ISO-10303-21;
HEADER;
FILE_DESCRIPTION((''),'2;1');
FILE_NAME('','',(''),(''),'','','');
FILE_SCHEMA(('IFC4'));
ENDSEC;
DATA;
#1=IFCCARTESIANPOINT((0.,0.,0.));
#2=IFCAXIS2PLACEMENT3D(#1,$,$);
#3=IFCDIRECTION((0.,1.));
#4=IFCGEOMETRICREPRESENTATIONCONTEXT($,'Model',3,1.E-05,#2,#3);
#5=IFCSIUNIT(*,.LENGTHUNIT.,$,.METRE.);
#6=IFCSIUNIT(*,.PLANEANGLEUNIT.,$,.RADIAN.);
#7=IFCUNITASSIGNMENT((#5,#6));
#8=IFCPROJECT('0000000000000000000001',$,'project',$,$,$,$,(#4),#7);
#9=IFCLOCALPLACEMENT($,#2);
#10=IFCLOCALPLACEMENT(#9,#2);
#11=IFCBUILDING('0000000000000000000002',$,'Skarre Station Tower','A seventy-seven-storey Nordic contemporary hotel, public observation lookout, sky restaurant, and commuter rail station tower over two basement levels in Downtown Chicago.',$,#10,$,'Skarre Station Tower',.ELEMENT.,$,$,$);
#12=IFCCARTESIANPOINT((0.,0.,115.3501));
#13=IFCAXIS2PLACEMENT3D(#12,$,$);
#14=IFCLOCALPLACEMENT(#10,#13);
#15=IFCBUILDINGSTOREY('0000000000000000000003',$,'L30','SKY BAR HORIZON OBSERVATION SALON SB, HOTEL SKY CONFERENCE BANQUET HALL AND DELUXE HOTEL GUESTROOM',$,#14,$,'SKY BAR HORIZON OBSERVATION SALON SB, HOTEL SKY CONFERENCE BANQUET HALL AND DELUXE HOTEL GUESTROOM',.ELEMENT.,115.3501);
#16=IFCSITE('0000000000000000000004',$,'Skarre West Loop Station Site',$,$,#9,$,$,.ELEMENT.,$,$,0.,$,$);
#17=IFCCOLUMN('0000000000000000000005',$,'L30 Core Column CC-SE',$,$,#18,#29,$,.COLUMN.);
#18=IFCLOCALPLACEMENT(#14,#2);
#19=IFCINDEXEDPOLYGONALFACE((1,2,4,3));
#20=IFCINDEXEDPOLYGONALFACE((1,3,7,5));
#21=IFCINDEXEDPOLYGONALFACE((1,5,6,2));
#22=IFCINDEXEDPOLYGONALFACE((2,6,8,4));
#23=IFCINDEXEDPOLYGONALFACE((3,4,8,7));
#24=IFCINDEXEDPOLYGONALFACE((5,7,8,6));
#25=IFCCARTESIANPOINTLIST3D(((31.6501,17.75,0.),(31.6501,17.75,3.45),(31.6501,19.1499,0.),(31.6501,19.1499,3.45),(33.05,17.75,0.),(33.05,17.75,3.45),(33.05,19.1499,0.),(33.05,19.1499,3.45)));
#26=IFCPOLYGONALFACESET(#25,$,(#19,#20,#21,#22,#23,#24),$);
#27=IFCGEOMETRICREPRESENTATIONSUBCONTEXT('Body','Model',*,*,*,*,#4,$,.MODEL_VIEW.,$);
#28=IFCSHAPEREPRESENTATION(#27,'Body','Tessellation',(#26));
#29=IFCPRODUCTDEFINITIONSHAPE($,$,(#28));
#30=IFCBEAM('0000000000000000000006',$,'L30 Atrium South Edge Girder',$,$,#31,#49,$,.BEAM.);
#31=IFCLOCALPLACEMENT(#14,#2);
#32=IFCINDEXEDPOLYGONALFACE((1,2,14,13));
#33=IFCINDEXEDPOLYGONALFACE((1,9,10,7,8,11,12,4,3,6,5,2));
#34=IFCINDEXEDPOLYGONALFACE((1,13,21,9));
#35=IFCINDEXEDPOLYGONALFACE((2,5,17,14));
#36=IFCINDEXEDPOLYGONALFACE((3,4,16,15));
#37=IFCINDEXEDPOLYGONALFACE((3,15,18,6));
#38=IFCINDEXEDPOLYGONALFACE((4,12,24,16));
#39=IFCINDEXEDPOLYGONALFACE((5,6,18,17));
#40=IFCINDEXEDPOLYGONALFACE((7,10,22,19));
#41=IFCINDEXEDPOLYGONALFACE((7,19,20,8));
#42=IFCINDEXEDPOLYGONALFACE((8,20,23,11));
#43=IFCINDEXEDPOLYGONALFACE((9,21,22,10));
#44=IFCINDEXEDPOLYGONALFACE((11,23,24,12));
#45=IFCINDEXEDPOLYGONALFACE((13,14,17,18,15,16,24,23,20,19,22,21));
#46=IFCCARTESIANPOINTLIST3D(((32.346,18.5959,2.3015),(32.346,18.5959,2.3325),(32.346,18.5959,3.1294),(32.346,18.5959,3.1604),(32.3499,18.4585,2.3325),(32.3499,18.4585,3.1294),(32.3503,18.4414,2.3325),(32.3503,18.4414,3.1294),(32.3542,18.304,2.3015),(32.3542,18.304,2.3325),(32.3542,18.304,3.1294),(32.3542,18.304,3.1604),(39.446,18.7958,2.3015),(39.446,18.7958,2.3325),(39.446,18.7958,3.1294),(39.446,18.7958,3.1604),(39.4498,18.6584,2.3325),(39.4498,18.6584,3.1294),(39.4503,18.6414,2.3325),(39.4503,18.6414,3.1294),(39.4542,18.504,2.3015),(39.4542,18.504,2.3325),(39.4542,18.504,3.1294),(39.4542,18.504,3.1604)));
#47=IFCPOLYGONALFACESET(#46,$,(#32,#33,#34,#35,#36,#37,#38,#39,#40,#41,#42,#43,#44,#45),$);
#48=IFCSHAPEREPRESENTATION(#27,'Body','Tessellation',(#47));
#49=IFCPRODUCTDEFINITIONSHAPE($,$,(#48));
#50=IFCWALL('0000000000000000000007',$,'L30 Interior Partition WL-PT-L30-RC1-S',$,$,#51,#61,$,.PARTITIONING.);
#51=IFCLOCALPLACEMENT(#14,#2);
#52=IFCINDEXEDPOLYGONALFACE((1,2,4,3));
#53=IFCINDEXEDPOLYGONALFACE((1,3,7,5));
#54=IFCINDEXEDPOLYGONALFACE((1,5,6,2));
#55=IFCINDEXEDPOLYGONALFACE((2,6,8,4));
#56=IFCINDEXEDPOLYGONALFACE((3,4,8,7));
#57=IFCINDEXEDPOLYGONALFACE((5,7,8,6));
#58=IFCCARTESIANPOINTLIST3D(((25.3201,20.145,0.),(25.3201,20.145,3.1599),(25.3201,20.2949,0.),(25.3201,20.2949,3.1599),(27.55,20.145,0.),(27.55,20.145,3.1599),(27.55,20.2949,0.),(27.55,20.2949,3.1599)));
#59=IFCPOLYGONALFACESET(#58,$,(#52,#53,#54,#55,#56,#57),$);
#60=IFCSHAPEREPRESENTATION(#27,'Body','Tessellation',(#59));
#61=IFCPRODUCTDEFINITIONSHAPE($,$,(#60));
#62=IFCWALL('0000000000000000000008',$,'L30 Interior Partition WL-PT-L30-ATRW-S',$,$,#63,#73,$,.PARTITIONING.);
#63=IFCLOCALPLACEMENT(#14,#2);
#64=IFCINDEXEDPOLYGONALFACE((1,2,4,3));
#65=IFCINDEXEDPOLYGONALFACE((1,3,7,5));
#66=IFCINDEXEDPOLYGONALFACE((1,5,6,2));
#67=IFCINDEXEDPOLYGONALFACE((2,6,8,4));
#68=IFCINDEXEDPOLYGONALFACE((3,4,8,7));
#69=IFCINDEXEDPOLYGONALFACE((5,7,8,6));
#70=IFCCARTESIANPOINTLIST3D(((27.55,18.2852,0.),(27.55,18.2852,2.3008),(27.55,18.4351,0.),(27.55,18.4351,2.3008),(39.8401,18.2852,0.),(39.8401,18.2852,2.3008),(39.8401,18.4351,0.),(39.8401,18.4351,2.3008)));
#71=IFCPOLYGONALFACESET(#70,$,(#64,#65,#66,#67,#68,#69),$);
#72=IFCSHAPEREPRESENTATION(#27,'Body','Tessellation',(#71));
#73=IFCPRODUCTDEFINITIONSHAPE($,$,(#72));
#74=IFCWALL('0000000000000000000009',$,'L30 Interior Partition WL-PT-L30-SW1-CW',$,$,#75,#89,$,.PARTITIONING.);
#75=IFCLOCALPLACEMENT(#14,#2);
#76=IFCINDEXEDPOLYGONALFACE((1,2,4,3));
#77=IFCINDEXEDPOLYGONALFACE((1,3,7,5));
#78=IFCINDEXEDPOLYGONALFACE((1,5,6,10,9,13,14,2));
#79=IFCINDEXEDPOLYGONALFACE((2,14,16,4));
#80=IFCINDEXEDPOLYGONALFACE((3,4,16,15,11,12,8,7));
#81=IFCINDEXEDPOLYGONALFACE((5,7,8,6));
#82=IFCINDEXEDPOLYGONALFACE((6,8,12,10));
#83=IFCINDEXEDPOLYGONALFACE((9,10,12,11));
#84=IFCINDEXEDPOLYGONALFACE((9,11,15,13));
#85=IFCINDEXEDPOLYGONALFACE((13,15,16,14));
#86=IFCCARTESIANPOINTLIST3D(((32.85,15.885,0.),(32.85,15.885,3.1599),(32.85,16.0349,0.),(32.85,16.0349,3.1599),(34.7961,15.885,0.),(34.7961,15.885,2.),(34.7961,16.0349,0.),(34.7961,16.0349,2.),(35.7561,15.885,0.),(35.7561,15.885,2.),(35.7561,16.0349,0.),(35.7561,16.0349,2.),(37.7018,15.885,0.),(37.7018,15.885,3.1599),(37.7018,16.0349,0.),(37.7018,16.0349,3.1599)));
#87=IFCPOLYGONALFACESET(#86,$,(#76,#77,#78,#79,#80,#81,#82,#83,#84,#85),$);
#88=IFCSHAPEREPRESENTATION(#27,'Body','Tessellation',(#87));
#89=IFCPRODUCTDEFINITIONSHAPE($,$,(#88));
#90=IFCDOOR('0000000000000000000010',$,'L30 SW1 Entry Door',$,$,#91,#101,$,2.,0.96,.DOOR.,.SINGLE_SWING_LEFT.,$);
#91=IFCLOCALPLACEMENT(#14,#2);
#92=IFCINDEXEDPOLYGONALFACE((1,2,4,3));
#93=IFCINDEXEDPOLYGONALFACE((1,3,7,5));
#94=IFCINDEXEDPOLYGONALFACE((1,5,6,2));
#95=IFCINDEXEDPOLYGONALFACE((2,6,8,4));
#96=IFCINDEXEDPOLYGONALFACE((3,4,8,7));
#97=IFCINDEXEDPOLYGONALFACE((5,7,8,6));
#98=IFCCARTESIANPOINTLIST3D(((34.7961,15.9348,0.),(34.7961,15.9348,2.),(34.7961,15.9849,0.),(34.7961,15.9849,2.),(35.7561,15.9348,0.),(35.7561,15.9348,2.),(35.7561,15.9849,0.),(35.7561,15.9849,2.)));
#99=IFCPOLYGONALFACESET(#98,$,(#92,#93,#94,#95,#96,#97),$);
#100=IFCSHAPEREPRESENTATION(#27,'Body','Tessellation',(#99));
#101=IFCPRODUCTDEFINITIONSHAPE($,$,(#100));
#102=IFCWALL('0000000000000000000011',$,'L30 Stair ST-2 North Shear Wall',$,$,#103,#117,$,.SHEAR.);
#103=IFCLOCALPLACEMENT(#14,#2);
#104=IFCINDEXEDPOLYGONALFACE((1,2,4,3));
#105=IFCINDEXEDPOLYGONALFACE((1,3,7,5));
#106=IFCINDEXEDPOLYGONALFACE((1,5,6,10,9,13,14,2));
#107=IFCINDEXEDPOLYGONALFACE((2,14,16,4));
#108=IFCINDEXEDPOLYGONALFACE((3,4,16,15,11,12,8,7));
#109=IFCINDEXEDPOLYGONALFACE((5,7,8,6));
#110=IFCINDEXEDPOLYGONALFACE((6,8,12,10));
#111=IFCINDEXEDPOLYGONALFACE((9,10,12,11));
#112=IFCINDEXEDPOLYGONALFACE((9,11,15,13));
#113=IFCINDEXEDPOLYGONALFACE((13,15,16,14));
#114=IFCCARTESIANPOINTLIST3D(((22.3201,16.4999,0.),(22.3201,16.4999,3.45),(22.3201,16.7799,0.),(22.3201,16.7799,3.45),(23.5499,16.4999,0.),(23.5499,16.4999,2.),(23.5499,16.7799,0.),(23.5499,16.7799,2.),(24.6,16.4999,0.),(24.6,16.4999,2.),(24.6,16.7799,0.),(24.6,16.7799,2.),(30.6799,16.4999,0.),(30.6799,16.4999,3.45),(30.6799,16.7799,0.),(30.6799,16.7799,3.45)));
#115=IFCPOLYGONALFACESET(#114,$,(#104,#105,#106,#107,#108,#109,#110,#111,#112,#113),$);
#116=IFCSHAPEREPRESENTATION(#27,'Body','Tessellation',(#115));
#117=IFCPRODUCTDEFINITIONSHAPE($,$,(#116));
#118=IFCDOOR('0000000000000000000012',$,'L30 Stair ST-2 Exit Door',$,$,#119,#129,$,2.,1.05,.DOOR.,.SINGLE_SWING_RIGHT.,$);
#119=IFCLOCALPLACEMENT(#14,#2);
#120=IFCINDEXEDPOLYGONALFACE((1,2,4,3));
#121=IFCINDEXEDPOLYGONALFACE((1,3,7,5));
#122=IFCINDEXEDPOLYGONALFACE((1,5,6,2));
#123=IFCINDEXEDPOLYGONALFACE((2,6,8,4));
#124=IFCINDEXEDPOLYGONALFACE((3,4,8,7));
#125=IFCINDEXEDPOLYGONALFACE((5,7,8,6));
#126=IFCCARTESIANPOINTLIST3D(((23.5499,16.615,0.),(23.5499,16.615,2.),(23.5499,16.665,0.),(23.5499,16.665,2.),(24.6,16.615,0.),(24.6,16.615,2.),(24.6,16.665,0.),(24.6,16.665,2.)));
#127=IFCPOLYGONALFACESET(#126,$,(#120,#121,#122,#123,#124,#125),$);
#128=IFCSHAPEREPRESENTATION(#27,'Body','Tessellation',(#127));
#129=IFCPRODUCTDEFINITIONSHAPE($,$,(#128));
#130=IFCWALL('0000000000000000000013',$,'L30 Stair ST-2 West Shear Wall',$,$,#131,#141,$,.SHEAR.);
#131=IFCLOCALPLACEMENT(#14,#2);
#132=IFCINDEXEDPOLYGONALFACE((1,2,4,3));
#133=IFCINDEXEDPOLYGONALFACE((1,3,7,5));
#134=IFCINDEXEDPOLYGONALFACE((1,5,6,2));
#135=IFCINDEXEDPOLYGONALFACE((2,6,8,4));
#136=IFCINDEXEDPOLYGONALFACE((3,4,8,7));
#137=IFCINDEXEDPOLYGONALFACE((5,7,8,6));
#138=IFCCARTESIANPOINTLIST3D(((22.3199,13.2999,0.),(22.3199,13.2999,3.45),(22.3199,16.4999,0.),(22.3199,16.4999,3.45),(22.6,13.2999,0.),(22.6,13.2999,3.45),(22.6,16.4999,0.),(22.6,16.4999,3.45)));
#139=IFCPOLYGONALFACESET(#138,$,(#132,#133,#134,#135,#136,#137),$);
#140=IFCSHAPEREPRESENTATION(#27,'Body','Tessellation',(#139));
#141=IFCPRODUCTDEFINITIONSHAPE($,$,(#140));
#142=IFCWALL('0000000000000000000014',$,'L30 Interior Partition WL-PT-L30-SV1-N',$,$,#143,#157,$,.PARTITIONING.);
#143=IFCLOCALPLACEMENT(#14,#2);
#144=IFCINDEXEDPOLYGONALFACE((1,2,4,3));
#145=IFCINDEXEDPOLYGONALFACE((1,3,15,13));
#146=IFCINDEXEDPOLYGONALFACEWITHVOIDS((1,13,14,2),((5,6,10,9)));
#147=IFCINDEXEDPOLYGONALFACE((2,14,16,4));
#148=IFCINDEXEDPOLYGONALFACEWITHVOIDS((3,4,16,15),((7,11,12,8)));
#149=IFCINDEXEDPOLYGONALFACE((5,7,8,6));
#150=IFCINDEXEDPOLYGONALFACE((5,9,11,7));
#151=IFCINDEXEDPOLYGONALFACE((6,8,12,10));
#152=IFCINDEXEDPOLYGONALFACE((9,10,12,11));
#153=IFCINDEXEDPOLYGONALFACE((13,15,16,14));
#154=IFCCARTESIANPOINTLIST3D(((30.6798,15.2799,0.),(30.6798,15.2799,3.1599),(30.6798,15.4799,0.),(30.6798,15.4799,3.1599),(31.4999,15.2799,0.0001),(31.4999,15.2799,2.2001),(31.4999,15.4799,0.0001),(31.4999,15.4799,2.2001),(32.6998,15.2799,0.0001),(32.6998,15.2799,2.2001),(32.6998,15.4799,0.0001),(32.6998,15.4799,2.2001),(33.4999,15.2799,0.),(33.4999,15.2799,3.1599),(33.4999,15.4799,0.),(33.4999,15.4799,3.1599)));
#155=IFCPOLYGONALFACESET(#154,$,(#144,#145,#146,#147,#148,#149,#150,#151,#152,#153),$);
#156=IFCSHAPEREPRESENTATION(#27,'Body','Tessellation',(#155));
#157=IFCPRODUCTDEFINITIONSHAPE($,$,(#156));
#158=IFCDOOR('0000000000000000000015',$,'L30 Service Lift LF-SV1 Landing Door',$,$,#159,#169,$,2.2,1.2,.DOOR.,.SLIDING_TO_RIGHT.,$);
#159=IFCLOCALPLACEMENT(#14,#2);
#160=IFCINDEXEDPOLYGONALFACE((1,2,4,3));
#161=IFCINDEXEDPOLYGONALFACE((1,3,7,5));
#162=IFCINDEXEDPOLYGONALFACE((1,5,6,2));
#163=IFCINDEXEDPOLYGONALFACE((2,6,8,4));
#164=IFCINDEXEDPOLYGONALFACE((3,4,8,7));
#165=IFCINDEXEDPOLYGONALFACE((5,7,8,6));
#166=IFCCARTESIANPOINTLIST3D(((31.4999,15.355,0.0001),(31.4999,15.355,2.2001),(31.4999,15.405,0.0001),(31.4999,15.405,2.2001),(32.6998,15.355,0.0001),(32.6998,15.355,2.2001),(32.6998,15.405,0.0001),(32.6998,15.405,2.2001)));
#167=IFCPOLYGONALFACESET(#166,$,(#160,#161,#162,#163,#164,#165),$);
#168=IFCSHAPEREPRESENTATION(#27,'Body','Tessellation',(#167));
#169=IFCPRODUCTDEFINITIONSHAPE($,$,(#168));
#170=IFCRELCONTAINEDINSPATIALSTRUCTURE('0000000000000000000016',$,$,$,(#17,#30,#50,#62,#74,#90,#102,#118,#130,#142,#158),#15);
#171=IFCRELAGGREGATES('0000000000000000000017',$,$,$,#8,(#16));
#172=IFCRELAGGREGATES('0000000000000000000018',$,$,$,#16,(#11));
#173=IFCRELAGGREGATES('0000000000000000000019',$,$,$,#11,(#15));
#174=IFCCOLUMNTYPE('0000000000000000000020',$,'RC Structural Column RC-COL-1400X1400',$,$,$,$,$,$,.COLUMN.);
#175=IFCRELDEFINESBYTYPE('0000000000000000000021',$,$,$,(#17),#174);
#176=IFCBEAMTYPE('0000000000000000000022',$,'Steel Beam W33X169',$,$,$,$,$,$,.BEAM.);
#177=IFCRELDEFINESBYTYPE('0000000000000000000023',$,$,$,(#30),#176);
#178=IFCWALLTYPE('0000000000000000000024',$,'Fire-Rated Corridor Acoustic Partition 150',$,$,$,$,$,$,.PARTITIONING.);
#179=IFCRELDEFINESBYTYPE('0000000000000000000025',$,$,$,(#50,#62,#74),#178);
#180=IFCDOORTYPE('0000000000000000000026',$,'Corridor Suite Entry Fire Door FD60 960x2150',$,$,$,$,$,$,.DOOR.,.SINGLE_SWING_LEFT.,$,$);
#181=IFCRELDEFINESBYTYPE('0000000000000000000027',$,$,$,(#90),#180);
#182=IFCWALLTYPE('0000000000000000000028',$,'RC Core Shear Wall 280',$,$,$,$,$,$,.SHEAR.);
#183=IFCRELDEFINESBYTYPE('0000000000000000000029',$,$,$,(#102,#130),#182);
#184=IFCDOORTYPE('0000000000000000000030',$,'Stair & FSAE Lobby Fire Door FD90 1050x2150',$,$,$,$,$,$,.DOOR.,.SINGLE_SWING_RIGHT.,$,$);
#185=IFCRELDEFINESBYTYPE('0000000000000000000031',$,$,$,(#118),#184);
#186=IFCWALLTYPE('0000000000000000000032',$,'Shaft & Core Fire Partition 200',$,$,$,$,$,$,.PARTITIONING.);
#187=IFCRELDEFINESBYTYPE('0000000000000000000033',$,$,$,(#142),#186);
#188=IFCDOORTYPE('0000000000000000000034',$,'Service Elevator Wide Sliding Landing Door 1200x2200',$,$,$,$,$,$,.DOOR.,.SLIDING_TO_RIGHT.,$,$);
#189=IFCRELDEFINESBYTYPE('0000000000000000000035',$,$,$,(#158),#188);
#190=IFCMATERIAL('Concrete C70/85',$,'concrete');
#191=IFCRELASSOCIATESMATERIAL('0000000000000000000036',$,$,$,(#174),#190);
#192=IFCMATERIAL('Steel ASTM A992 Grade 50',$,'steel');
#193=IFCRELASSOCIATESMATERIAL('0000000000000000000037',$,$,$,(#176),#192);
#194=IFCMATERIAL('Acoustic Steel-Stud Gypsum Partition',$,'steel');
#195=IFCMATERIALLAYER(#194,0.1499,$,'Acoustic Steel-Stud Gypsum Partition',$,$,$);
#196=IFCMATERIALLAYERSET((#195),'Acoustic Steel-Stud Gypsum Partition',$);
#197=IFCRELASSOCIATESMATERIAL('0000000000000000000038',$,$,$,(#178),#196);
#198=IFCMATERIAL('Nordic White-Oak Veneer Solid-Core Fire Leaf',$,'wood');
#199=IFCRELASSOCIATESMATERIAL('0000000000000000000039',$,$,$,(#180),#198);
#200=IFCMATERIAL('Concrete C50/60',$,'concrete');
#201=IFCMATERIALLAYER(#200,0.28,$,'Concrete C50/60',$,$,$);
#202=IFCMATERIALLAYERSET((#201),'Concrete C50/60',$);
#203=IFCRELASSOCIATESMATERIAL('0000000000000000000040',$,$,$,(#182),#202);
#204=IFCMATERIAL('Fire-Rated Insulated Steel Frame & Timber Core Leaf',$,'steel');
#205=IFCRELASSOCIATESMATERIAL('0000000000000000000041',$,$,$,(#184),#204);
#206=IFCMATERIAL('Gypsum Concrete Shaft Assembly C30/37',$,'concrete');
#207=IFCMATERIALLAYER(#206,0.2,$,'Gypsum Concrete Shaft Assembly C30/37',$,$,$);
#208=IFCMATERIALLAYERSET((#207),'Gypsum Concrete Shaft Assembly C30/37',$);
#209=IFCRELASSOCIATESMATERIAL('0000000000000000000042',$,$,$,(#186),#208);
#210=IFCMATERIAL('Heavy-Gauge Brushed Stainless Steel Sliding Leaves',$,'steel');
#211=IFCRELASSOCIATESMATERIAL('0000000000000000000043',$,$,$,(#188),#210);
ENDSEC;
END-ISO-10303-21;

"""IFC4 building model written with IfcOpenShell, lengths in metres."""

from ifc_helpers import new_model, si_unit, direction, frame, frame_2d, origin, origin_2d, place, context, subcontext, project, spatial, rectangle, i_section, extrude, material, layer, layer_set, material_profile, profile_set, type_object, element, fill, save


model = new_model("IFC4")

# Units and contexts
model_context = context("Model", 3, precision=1e-05, world=origin(), true_north=direction((0.0, 1.0)))
body_context = subcontext(model_context, "Body", "Model", "MODEL_VIEW")
ifc_project = project(units=[si_unit("LENGTHUNIT", "METRE"), si_unit("PLANEANGLEUNIT", "RADIAN")], contexts=[model_context])

# Site, building, storey
site_placement = place(None, origin())
site = spatial("IfcSite", under=ifc_project, at=site_placement, Name="Skarre West Loop Station Site", CompositionType="ELEMENT", RefElevation=0.0)
building_placement = place(site_placement, origin())
building = spatial("IfcBuilding", under=site, at=building_placement, Name="Skarre Station Tower", Description="A seventy-seven-storey Nordic contemporary hotel, public observation lookout, sky restaurant, and commuter rail station tower over two basement levels in Downtown Chicago.", LongName="Skarre Station Tower", CompositionType="ELEMENT")
storey_placement = place(building_placement, frame((0.0, 0.0, 115.3501)))
storey = spatial("IfcBuildingStorey", under=building, at=storey_placement, Name="L30", Description="SKY BAR HORIZON OBSERVATION SALON SB, HOTEL SKY CONFERENCE BANQUET HALL AND DELUXE HOTEL GUESTROOM", LongName="SKY BAR HORIZON OBSERVATION SALON SB, HOTEL SKY CONFERENCE BANQUET HALL AND DELUXE HOTEL GUESTROOM", CompositionType="ELEMENT", Elevation=115.3501)

# Column
ifc_material_1 = material(Name="Concrete C70/85", Category="concrete")
ifc_material_profile_1 = material_profile(ifc_material_1, rectangle(XDim=1.3999, YDim=1.3999, at=origin_2d()), Name="Concrete C70/85")
ifc_profile_set_1 = profile_set([ifc_material_profile_1], Name="Concrete C70/85")
column_type = type_object("IfcColumnType", Name="RC Structural Column RC-COL-1400X1400", PredefinedType="COLUMN", material=ifc_profile_set_1)
column_placement = place(storey_placement, frame((32.3501, 18.45, 0.0), z_axis=(0.0, 0.0, 1.0), x_axis=(1.0, 0.0, 0.0)))
element("IfcColumn", 1, at=column_placement, inside=storey, type_object=column_type, Name="L30 Core Column CC-SE", PredefinedType="COLUMN", context=body_context, shape_type="SweptSolid", body=[
    extrude(rectangle(XDim=1.3999, YDim=1.3999, at=origin_2d()), origin(), (0.0, 0.0, 1.0), 3.45),
])

# Beam
ifc_material_2 = material(Name="Steel ASTM A992 Grade 50", Category="steel")
ifc_material_profile_2 = material_profile(ifc_material_2, i_section(OverallWidth=0.292, OverallDepth=0.8589, WebThickness=0.0171, FlangeThickness=0.031, at=origin_2d()), Name="Steel ASTM A992 Grade 50")
ifc_profile_set_2 = profile_set([ifc_material_profile_2], Name="Steel ASTM A992 Grade 50")
beam_type = type_object("IfcBeamType", Name="Steel Beam W33X169", PredefinedType="BEAM", material=ifc_profile_set_2)
beam_placement = place(storey_placement, frame((32.3501, 18.45, 2.731), z_axis=(0.999604, 0.028152, 0.0), x_axis=(-0.028152, 0.999604, 0.0)))
element("IfcBeam", 2, at=beam_placement, inside=storey, type_object=beam_type, Name="L30 Atrium South Edge Girder", PredefinedType="BEAM", context=body_context, shape_type="SweptSolid", body=[
    extrude(i_section(OverallWidth=0.292, OverallDepth=0.8589, WebThickness=0.0171, FlangeThickness=0.031, at=origin_2d()), origin(), (0.0, 0.0, 1.0), 7.1028),
])

# Walls
ifc_material_3 = material(Name="Acoustic Steel-Stud Gypsum Partition", Category="steel")
ifc_layer_1 = layer(ifc_material_3, 0.1499, Name="Acoustic Steel-Stud Gypsum Partition")
ifc_layer_set_1 = layer_set([ifc_layer_1], Name="Acoustic Steel-Stud Gypsum Partition")
wall_type_1 = type_object("IfcWallType", Name="Fire-Rated Corridor Acoustic Partition 150", PredefinedType="PARTITIONING", material=ifc_layer_set_1)
wall_1_placement = place(storey_placement, frame((25.3201, 20.22, 0.0), z_axis=(0.0, 0.0, 1.0), x_axis=(1.0, 0.0, 0.0)))
element("IfcWall", 3, at=wall_1_placement, inside=storey, type_object=wall_type_1, Name="L30 Interior Partition WL-PT-L30-RC1-S", PredefinedType="PARTITIONING", context=body_context, shape_type="SweptSolid", body=[
    extrude(rectangle(XDim=2.23, YDim=0.1499, at=frame_2d((1.115, 0.0))), origin(), (0.0, 0.0, 1.0), 3.1599),
])
wall_2_placement = place(storey_placement, frame((27.55, 18.3601, 0.0), z_axis=(0.0, 0.0, 1.0), x_axis=(1.0, 0.0, 0.0)))
element("IfcWall", 4, at=wall_2_placement, inside=storey, type_object=wall_type_1, Name="L30 Interior Partition WL-PT-L30-ATRW-S", PredefinedType="PARTITIONING", context=body_context, shape_type="SweptSolid", body=[
    extrude(rectangle(XDim=12.29, YDim=0.1499, at=frame_2d((6.145, 0.0))), origin(), (0.0, 0.0, 1.0), 2.3008),
])

# Walls, openings, doors
wall_3_placement = place(storey_placement, frame((32.8501, 15.96, 0.0), z_axis=(0.0, 0.0, 1.0), x_axis=(1.0, 0.0, 0.0)))
wall_3 = element("IfcWall", 5, at=wall_3_placement, inside=storey, type_object=wall_type_1, Name="L30 Interior Partition WL-PT-L30-SW1-CW", PredefinedType="PARTITIONING", context=body_context, shape_type="SweptSolid", body=[
    extrude(rectangle(XDim=4.8518, YDim=0.1499, at=frame_2d((2.4258, 0.0))), origin(), (0.0, 0.0, 1.0), 3.1599),
])
opening_1_placement = place(wall_3_placement, frame((1.946, 0.0, 0.0)))
opening_1 = element("IfcOpeningElement", 6, at=opening_1_placement, cuts=wall_3, PredefinedType="OPENING", context=body_context, shape_type="SweptSolid", body=[
    extrude(rectangle(XDim=0.96, YDim=2.0, at=frame_2d((0.48, 1.0))), frame((0.0, 0.085, 0.0), z_axis=(0.0, -1.0, 0.0), x_axis=(1.0, 0.0, 0.0)), (0.0, 0.0, 1.0), 0.1699),
])
ifc_material_4 = material(Name="Nordic White-Oak Veneer Solid-Core Fire Leaf", Category="wood")
door_type_1 = type_object("IfcDoorType", Name="Corridor Suite Entry Fire Door FD60 960x2150", OperationType="SINGLE_SWING_LEFT", PredefinedType="DOOR", material=ifc_material_4)
door_1_placement = place(opening_1_placement, origin())
door_1 = element("IfcDoor", 7, at=door_1_placement, inside=storey, type_object=door_type_1, Name="L30 SW1 Entry Door", OperationType="SINGLE_SWING_LEFT", OverallHeight=2.0, OverallWidth=0.96, PredefinedType="DOOR", context=body_context, shape_type="SweptSolid", body=[
    extrude(rectangle(XDim=0.96, YDim=2.0, at=frame_2d((0.48, 1.0))), frame((0.0, 0.0249, 0.0), z_axis=(0.0, -1.0, 0.0), x_axis=(1.0, 0.0, 0.0)), (0.0, 0.0, 1.0), 0.05),
])
fill(opening_1, door_1)
ifc_material_5 = material(Name="Concrete C50/60", Category="concrete")
ifc_layer_2 = layer(ifc_material_5, 0.28, Name="Concrete C50/60")
ifc_layer_set_2 = layer_set([ifc_layer_2], Name="Concrete C50/60")
wall_type_2 = type_object("IfcWallType", Name="RC Core Shear Wall 280", PredefinedType="SHEAR", material=ifc_layer_set_2)
wall_4_placement = place(storey_placement, frame((30.6799, 16.6399, 0.0), z_axis=(0.0, 0.0, 1.0), x_axis=(-1.0, 0.0, 0.0)))
wall_4 = element("IfcWall", 8, at=wall_4_placement, inside=storey, type_object=wall_type_2, Name="L30 Stair ST-2 North Shear Wall", PredefinedType="SHEAR", context=body_context, shape_type="SweptSolid", body=[
    extrude(rectangle(XDim=8.3599, YDim=0.28, at=frame_2d((4.1799, 0.0))), origin(), (0.0, 0.0, 1.0), 3.45),
])
opening_2_placement = place(wall_4_placement, frame((6.0801, 0.0, 0.0)))
opening_2 = element("IfcOpeningElement", 9, at=opening_2_placement, cuts=wall_4, PredefinedType="OPENING", context=body_context, shape_type="SweptSolid", body=[
    extrude(rectangle(XDim=1.05, YDim=2.0, at=frame_2d((0.5249, 1.0))), frame((0.0, 0.1499, 0.0), z_axis=(0.0, -1.0, 0.0), x_axis=(1.0, 0.0, 0.0)), (0.0, 0.0, 1.0), 0.3),
])
ifc_material_6 = material(Name="Fire-Rated Insulated Steel Frame & Timber Core Leaf", Category="steel")
door_type_2 = type_object("IfcDoorType", Name="Stair & FSAE Lobby Fire Door FD90 1050x2150", OperationType="SINGLE_SWING_RIGHT", PredefinedType="DOOR", material=ifc_material_6)
door_2_placement = place(opening_2_placement, origin())
door_2 = element("IfcDoor", 10, at=door_2_placement, inside=storey, type_object=door_type_2, Name="L30 Stair ST-2 Exit Door", OperationType="SINGLE_SWING_RIGHT", OverallHeight=2.0, OverallWidth=1.05, PredefinedType="DOOR", context=body_context, shape_type="SweptSolid", body=[
    extrude(rectangle(XDim=1.05, YDim=2.0, at=frame_2d((0.5249, 1.0))), frame((0.0, 0.0249, 0.0), z_axis=(0.0, -1.0, 0.0), x_axis=(1.0, 0.0, 0.0)), (0.0, 0.0, 1.0), 0.05),
])
fill(opening_2, door_2)

# Wall
wall_5_placement = place(storey_placement, frame((22.46, 16.5, 0.0), z_axis=(0.0, 0.0, 1.0), x_axis=(0.0, -1.0, 0.0)))
element("IfcWall", 11, at=wall_5_placement, inside=storey, type_object=wall_type_2, Name="L30 Stair ST-2 West Shear Wall", PredefinedType="SHEAR", context=body_context, shape_type="SweptSolid", body=[
    extrude(rectangle(XDim=3.2, YDim=0.28, at=frame_2d((1.6001, 0.0))), origin(), (0.0, 0.0, 1.0), 3.45),
])

# Wall, opening, door
ifc_material_7 = material(Name="Gypsum Concrete Shaft Assembly C30/37", Category="concrete")
ifc_layer_3 = layer(ifc_material_7, 0.2, Name="Gypsum Concrete Shaft Assembly C30/37")
ifc_layer_set_3 = layer_set([ifc_layer_3], Name="Gypsum Concrete Shaft Assembly C30/37")
wall_type_3 = type_object("IfcWallType", Name="Shaft & Core Fire Partition 200", PredefinedType="PARTITIONING", material=ifc_layer_set_3)
wall_6_placement = place(storey_placement, frame((33.5, 15.3799, 0.0), z_axis=(0.0, 0.0, 1.0), x_axis=(-1.0, 0.0, 0.0)))
wall_6 = element("IfcWall", 12, at=wall_6_placement, inside=storey, type_object=wall_type_3, Name="L30 Interior Partition WL-PT-L30-SV1-N", PredefinedType="PARTITIONING", context=body_context, shape_type="SweptSolid", body=[
    extrude(rectangle(XDim=2.8201, YDim=0.2, at=frame_2d((1.4102, 0.0))), origin(), (0.0, 0.0, 1.0), 3.1599),
])
opening_3_placement = place(wall_6_placement, frame((0.8, 0.0, 0.0)))
opening_3 = element("IfcOpeningElement", 13, at=opening_3_placement, cuts=wall_6, PredefinedType="OPENING", context=body_context, shape_type="SweptSolid", body=[
    extrude(rectangle(XDim=1.2, YDim=2.2, at=frame_2d((0.6001, 1.1001))), frame((0.0, 0.1099, 0.0), z_axis=(0.0, -1.0, 0.0), x_axis=(1.0, 0.0, 0.0)), (0.0, 0.0, 1.0), 0.22),
])
ifc_material_8 = material(Name="Heavy-Gauge Brushed Stainless Steel Sliding Leaves", Category="steel")
door_type_3 = type_object("IfcDoorType", Name="Service Elevator Wide Sliding Landing Door 1200x2200", OperationType="SLIDING_TO_RIGHT", PredefinedType="DOOR", material=ifc_material_8)
door_3_placement = place(opening_3_placement, origin())
door_3 = element("IfcDoor", 14, at=door_3_placement, inside=storey, type_object=door_type_3, Name="L30 Service Lift LF-SV1 Landing Door", OperationType="SLIDING_TO_RIGHT", OverallHeight=2.2, OverallWidth=1.2, PredefinedType="DOOR", context=body_context, shape_type="SweptSolid", body=[
    extrude(rectangle(XDim=1.2, YDim=2.2, at=frame_2d((0.6001, 1.1001))), frame((0.0, 0.0249, 0.0), z_axis=(0.0, -1.0, 0.0), x_axis=(1.0, 0.0, 0.0)), (0.0, 0.0, 1.0), 0.05),
])
fill(opening_3, door_3)

save(model, "model.ifc")
